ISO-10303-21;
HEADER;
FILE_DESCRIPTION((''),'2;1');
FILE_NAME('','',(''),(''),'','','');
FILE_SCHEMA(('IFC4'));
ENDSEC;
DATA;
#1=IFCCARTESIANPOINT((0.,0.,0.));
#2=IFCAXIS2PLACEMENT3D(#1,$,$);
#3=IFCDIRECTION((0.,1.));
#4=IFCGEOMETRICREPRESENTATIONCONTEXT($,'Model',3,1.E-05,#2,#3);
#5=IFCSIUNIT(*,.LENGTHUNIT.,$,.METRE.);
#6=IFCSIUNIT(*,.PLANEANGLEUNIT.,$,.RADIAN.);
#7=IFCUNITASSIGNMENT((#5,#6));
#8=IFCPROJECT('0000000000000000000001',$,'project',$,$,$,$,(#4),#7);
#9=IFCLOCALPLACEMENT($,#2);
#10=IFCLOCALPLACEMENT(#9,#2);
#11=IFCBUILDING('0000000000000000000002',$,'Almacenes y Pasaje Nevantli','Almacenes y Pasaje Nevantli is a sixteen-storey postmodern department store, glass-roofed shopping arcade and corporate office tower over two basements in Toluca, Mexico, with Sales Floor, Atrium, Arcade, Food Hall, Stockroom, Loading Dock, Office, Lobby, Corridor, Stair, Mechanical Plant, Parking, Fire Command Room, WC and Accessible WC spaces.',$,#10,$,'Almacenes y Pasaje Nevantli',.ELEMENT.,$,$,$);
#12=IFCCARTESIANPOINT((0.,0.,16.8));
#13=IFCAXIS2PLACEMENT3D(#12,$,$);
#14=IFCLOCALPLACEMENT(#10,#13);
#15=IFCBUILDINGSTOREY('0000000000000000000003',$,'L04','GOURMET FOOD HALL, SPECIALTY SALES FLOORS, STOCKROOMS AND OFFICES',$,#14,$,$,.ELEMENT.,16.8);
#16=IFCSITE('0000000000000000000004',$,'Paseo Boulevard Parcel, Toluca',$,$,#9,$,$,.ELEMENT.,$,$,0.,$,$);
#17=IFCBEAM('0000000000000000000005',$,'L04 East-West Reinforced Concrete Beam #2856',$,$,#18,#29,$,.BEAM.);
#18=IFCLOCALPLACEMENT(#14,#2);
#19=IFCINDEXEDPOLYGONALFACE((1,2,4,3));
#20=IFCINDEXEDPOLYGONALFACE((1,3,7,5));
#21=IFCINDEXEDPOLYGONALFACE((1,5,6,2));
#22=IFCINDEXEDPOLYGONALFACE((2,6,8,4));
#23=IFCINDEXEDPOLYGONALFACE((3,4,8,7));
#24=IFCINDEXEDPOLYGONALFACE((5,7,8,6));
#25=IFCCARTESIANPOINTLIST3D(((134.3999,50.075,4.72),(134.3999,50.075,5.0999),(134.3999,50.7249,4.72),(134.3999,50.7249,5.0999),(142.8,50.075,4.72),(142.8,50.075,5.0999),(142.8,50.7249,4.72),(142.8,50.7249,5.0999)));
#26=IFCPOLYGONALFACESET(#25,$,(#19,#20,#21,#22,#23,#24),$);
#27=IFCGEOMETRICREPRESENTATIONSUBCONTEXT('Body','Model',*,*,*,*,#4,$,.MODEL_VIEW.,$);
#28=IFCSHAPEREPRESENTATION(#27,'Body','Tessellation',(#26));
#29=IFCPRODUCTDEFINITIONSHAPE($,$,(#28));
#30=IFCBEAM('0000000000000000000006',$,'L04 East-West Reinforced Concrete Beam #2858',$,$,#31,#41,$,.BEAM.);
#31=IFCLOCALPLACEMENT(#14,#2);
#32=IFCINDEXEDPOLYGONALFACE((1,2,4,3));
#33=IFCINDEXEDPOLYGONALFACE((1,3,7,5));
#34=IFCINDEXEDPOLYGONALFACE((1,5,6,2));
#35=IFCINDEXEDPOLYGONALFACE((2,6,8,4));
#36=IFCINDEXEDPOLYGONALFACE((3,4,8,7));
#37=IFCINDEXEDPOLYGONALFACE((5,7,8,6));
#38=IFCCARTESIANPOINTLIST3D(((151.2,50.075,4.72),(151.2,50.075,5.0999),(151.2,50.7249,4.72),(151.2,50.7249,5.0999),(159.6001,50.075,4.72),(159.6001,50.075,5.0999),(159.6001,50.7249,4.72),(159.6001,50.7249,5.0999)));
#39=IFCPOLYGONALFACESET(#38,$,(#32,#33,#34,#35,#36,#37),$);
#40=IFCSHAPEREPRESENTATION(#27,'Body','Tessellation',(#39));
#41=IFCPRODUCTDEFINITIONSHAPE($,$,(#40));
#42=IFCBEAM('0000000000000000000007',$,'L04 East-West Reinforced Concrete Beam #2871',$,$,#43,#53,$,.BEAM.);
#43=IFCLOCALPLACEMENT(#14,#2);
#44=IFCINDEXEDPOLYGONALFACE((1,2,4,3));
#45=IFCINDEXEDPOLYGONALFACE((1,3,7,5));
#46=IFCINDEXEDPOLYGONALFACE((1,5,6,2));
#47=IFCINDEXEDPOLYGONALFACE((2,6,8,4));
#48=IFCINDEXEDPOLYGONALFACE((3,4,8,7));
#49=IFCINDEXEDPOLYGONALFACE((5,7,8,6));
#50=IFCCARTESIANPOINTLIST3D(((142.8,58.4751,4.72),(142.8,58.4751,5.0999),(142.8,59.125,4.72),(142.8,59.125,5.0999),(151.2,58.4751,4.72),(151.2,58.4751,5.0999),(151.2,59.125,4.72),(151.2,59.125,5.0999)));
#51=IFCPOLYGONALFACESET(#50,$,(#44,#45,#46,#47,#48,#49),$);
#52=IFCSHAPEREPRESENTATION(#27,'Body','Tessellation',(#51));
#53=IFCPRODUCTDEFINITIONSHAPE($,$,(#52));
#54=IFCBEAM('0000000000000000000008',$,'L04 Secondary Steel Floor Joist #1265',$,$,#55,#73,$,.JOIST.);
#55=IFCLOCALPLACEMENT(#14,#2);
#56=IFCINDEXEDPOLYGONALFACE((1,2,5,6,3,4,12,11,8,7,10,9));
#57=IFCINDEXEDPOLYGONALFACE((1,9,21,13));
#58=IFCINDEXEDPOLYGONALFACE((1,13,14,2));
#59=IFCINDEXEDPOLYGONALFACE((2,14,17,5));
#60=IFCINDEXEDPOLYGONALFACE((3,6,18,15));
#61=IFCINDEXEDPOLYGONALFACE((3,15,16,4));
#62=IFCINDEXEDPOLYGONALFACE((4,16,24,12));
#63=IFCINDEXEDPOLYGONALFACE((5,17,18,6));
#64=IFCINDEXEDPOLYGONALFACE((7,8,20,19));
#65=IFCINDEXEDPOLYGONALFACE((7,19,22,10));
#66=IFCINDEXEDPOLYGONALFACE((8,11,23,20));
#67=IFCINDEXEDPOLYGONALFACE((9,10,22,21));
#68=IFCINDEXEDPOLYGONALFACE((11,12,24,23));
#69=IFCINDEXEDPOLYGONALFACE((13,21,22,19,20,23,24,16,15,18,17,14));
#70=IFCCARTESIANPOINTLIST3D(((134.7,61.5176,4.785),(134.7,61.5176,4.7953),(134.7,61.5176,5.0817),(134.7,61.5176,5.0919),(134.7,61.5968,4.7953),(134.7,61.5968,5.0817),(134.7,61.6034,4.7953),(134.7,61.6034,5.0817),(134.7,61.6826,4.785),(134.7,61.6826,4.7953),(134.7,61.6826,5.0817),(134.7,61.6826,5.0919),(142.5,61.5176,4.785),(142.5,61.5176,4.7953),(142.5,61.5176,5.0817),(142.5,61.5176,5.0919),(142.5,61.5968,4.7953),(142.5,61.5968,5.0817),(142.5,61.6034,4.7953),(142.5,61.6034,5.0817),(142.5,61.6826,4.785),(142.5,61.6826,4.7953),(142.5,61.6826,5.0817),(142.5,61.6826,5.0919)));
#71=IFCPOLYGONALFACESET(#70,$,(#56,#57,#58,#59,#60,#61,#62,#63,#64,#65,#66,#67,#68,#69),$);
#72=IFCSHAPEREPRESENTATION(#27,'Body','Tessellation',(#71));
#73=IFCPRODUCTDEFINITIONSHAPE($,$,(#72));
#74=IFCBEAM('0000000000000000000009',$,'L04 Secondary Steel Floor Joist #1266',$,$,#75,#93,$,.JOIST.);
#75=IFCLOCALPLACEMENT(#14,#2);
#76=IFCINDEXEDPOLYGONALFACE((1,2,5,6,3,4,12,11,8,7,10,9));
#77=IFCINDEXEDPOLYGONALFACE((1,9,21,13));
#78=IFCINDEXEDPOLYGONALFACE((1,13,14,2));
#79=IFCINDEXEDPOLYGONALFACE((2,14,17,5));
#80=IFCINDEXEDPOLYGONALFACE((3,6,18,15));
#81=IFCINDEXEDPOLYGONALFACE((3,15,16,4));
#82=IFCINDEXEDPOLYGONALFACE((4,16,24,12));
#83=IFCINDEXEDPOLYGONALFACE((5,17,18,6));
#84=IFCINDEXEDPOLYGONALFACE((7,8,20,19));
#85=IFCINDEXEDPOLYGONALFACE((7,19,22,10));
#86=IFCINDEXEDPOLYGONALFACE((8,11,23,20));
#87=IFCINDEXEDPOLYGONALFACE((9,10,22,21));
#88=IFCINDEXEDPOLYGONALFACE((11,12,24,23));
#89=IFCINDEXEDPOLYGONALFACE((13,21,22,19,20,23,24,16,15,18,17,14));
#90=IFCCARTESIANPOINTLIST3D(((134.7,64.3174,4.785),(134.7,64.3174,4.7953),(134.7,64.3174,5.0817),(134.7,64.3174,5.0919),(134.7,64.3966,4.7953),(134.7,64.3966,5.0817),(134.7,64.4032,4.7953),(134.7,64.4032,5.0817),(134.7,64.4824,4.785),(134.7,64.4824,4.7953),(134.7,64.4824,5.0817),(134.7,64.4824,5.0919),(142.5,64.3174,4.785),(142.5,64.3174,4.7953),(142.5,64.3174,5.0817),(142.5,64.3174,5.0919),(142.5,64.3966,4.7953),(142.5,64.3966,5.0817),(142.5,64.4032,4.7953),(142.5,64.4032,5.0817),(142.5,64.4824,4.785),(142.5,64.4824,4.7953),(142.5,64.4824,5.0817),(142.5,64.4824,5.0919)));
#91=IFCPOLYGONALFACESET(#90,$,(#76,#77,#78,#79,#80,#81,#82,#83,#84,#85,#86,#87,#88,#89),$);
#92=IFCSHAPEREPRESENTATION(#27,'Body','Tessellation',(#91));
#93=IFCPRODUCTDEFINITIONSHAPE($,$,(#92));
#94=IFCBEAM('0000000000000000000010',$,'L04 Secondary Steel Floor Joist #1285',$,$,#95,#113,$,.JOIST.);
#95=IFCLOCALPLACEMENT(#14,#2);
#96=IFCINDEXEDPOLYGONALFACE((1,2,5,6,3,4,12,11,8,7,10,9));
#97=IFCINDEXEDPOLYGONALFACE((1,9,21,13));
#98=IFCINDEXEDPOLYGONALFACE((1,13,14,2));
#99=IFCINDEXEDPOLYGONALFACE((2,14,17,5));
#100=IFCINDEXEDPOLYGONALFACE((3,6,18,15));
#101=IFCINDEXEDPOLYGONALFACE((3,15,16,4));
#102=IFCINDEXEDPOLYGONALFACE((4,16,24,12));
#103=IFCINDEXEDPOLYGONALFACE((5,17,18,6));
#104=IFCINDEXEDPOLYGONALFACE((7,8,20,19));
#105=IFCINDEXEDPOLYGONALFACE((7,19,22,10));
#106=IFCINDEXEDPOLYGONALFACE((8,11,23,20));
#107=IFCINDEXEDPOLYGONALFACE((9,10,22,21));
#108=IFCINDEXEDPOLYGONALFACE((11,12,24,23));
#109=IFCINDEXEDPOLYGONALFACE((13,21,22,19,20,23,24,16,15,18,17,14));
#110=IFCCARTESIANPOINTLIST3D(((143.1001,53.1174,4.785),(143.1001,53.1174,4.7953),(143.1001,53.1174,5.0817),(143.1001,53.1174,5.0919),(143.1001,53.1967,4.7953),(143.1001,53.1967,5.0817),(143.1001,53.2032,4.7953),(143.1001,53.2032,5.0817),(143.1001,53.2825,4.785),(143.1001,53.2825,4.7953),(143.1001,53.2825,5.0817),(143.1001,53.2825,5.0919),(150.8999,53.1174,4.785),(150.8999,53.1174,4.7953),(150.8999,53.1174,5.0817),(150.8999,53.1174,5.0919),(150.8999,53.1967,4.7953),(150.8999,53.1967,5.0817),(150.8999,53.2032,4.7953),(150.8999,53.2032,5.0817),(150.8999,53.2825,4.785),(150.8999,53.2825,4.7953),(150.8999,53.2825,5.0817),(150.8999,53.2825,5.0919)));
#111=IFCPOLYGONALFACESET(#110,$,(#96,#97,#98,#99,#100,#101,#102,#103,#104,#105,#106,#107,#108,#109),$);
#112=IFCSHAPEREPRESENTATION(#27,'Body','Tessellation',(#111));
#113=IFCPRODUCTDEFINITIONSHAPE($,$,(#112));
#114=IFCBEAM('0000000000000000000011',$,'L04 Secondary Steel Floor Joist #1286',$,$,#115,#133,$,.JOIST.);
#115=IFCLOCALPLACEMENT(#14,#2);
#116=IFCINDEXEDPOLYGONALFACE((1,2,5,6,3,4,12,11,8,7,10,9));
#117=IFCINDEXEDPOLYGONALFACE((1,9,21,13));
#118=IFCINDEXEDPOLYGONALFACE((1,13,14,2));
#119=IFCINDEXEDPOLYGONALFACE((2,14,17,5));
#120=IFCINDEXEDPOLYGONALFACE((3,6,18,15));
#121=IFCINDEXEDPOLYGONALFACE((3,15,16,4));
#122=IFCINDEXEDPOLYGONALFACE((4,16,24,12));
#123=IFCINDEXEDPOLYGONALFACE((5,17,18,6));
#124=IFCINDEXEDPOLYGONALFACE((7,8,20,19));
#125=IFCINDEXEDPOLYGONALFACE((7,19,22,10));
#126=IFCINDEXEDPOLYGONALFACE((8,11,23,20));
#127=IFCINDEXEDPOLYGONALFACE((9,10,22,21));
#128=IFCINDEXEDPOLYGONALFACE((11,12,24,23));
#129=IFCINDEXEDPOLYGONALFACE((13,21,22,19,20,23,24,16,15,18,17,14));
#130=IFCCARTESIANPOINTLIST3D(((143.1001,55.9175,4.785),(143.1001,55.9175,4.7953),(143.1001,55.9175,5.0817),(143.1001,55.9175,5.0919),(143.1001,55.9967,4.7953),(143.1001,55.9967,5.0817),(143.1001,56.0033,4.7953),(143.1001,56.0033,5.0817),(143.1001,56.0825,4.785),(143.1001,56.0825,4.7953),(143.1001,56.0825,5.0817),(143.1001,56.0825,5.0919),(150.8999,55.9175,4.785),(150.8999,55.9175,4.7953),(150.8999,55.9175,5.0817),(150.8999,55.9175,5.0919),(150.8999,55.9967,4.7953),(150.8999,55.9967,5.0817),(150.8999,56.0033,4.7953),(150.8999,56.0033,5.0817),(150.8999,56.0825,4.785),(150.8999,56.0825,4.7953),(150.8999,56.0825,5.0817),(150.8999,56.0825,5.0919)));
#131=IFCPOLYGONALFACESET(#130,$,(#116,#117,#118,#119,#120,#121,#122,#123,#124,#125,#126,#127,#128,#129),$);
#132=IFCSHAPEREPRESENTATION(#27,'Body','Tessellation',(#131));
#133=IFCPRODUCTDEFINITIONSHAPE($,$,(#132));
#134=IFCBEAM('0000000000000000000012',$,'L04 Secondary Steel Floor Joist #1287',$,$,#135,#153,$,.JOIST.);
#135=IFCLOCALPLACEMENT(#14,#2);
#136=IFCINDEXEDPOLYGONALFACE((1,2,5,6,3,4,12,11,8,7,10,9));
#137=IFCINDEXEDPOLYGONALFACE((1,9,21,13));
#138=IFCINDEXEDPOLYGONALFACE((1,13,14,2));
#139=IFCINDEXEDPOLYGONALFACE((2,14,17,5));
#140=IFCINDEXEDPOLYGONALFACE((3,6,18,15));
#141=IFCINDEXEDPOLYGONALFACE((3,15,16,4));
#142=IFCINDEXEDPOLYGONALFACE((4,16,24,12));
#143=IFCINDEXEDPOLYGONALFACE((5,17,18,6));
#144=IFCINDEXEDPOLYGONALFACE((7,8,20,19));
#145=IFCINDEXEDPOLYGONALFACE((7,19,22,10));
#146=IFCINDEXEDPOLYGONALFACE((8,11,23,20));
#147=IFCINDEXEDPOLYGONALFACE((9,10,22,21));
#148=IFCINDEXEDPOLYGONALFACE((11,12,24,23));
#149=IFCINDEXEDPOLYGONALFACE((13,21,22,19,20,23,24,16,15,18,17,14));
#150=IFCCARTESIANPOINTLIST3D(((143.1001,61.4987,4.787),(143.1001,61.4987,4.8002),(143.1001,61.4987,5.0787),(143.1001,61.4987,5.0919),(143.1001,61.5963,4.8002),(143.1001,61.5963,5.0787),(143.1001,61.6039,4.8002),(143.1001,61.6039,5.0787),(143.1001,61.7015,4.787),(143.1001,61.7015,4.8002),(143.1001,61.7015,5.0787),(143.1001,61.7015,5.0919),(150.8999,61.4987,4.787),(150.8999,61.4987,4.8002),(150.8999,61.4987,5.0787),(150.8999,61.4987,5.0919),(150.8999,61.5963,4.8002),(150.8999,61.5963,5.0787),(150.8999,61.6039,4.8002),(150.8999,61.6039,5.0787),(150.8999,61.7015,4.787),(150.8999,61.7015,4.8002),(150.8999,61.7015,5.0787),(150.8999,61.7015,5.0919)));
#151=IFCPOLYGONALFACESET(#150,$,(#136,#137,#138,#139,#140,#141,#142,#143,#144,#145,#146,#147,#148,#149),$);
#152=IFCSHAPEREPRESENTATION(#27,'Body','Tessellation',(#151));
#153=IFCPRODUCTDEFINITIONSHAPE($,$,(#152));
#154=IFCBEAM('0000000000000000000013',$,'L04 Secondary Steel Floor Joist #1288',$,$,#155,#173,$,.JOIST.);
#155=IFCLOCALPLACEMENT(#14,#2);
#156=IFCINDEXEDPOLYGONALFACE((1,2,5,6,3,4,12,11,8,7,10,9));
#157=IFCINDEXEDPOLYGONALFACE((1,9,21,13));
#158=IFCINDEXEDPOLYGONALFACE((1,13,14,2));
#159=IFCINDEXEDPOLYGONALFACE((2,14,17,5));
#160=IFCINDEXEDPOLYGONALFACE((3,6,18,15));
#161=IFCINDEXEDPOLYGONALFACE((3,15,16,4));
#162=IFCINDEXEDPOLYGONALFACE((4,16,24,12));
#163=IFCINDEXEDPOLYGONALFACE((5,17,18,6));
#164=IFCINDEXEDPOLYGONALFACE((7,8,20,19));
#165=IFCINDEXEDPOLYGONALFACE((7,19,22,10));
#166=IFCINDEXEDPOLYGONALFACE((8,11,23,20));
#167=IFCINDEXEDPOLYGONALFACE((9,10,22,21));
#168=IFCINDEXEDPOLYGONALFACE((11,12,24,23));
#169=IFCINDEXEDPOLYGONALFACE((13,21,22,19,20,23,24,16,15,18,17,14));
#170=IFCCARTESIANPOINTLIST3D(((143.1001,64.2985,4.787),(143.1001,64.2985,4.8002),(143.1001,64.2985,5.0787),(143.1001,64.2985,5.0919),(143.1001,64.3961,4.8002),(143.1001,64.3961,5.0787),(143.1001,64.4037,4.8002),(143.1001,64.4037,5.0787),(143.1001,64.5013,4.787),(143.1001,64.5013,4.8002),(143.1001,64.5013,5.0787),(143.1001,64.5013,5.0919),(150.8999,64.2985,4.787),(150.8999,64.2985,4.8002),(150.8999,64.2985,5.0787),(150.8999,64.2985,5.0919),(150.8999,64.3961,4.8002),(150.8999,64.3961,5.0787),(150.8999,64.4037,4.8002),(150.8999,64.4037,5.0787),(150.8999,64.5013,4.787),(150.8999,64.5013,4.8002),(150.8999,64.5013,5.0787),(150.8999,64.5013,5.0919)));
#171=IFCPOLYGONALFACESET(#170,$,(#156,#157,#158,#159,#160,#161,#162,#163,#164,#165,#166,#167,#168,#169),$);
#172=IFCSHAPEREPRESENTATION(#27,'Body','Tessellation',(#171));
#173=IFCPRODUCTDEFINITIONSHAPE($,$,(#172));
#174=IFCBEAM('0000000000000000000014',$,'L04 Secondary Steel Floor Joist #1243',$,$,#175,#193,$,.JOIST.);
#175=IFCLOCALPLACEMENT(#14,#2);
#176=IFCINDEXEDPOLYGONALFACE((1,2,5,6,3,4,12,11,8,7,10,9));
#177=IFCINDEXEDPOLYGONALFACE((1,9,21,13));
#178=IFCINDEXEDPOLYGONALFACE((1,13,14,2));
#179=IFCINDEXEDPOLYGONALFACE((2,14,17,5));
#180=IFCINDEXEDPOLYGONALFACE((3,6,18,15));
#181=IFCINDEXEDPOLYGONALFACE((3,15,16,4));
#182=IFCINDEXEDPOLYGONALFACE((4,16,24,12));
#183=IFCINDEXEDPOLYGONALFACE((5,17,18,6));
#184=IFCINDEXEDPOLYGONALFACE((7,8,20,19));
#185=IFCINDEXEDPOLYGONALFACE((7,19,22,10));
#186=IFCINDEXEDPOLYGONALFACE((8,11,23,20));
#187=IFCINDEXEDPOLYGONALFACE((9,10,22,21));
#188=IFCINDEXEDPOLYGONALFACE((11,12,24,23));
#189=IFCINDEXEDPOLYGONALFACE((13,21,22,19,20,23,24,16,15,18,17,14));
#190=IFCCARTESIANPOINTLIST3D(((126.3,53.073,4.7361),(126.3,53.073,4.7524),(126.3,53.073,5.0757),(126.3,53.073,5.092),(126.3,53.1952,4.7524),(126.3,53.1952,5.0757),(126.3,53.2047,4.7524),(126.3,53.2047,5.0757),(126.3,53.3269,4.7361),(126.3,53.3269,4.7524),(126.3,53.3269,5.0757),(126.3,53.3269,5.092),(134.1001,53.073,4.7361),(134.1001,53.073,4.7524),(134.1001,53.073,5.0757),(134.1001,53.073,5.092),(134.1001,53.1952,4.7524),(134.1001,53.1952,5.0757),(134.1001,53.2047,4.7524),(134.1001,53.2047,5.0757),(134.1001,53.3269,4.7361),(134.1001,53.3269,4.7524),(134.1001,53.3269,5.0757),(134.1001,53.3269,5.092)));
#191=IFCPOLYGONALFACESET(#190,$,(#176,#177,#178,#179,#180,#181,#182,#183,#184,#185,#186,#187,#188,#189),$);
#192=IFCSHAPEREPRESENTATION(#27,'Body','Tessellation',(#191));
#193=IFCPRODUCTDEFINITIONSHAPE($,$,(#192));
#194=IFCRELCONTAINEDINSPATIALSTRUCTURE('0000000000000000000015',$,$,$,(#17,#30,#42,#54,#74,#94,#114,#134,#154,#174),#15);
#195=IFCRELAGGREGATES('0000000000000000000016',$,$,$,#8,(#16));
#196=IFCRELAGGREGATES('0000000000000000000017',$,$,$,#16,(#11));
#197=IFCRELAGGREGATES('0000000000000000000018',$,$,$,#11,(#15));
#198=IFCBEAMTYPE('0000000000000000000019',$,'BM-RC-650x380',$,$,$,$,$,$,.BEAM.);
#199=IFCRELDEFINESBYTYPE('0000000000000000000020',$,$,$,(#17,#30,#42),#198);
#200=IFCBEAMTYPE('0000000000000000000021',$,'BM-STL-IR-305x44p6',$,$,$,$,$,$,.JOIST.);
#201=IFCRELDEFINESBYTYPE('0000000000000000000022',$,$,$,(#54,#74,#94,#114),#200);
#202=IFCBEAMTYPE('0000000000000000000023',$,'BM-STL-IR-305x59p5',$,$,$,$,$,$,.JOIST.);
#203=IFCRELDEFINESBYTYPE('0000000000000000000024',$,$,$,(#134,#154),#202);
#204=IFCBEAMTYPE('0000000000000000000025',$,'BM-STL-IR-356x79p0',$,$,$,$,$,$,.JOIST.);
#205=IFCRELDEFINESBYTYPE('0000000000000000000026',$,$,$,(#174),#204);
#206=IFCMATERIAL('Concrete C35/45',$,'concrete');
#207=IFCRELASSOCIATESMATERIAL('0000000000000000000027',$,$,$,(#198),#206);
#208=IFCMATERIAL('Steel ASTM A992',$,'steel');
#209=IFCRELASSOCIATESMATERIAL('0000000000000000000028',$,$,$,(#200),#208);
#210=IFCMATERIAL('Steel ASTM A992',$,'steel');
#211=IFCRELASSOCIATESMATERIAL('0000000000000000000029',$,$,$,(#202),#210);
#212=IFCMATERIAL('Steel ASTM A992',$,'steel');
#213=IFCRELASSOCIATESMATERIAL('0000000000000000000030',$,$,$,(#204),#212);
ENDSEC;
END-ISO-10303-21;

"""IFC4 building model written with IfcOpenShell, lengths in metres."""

from ifc_helpers import new_model, si_unit, direction, frame, origin, origin_2d, place, context, subcontext, project, spatial, rectangle, i_section, extrude, material, material_profile, profile_set, type_object, element, save


model = new_model("IFC4")

# Units and contexts
model_context = context("Model", 3, precision=1e-05, world=origin(), true_north=direction((0.0, 1.0)))
body_context = subcontext(model_context, "Body", "Model", "MODEL_VIEW")
ifc_project = project(units=[si_unit("LENGTHUNIT", "METRE"), si_unit("PLANEANGLEUNIT", "RADIAN")], contexts=[model_context])

# Site, building, storey
site_placement = place(None, origin())
site = spatial("IfcSite", under=ifc_project, at=site_placement, Name="Paseo Boulevard Parcel, Toluca", CompositionType="ELEMENT", RefElevation=0.0)
building_placement = place(site_placement, origin())
building = spatial("IfcBuilding", under=site, at=building_placement, Name="Almacenes y Pasaje Nevantli", Description="Almacenes y Pasaje Nevantli is a sixteen-storey postmodern department store, glass-roofed shopping arcade and corporate office tower over two basements in Toluca, Mexico, with Sales Floor, Atrium, Arcade, Food Hall, Stockroom, Loading Dock, Office, Lobby, Corridor, Stair, Mechanical Plant, Parking, Fire Command Room, WC and Accessible WC spaces.", LongName="Almacenes y Pasaje Nevantli", CompositionType="ELEMENT")
storey_placement = place(building_placement, frame((0.0, 0.0, 16.8)))
storey = spatial("IfcBuildingStorey", under=building, at=storey_placement, Name="L04", Description="GOURMET FOOD HALL, SPECIALTY SALES FLOORS, STOCKROOMS AND OFFICES", CompositionType="ELEMENT", Elevation=16.8)

# Beams
ifc_material_1 = material(Name="Concrete C35/45", Category="concrete")
ifc_material_profile_1 = material_profile(ifc_material_1, rectangle(XDim=0.6499, YDim=0.3799, at=origin_2d()), Name="RC-BM-650x380")
ifc_profile_set_1 = profile_set([ifc_material_profile_1], Name="Concrete C35/45")
beam_type_1 = type_object("IfcBeamType", Name="BM-RC-650x380", PredefinedType="BEAM", material=ifc_profile_set_1)
for number, where, z_axis, x_axis, name in (
    (1, (134.3999, 50.3999, 4.9099), (1.0, 0.0, 0.0), (0.0, 1.0, 0.0), "L04 East-West Reinforced Concrete Beam #2856"),
    (2, (151.2, 50.3999, 4.9099), (1.0, 0.0, 0.0), (0.0, 1.0, 0.0), "L04 East-West Reinforced Concrete Beam #2858"),
):
    element("IfcBeam", number, at=place(storey_placement, frame(where, z_axis=z_axis, x_axis=x_axis)), inside=storey, type_object=beam_type_1, Name=name, PredefinedType="BEAM", context=body_context, shape_type="SweptSolid", body=[
        extrude(rectangle(XDim=0.6499, YDim=0.3799, at=origin_2d()), origin(), (0.0, 0.0, 1.0), 8.4001),
    ])
beam_1_placement = place(storey_placement, frame((142.8, 58.8, 4.9099), z_axis=(1.0, 0.0, 0.0), x_axis=(0.0, 1.0, 0.0)))
element("IfcBeam", 3, at=beam_1_placement, inside=storey, type_object=beam_type_1, Name="L04 East-West Reinforced Concrete Beam #2871", PredefinedType="BEAM", context=body_context, shape_type="SweptSolid", body=[
    extrude(rectangle(XDim=0.6499, YDim=0.3799, at=origin_2d()), origin(), (0.0, 0.0, 1.0), 8.3999),
])
ifc_material_2 = material(Name="Steel ASTM A992", Category="steel")
ifc_material_profile_2 = material_profile(ifc_material_2, i_section(OverallWidth=0.165, OverallDepth=0.3069, WebThickness=0.0066, FlangeThickness=0.0103, at=origin_2d()), Name="IR 305x44.6")
ifc_profile_set_2 = profile_set([ifc_material_profile_2], Name="Steel ASTM A992")
beam_type_2 = type_object("IfcBeamType", Name="BM-STL-IR-305x44p6", PredefinedType="JOIST", material=ifc_profile_set_2)
for number, where, z_axis, x_axis, name in (
    (4, (134.7, 61.6001, 4.9385), (1.0, 0.0, 0.0), (0.0, 1.0, 0.0), "L04 Secondary Steel Floor Joist #1265"),
    (5, (134.7, 64.3999, 4.9385), (1.0, 0.0, 0.0), (0.0, 1.0, 0.0), "L04 Secondary Steel Floor Joist #1266"),
):
    element("IfcBeam", number, at=place(storey_placement, frame(where, z_axis=z_axis, x_axis=x_axis)), inside=storey, type_object=beam_type_2, Name=name, PredefinedType="JOIST", context=body_context, shape_type="SweptSolid", body=[
        extrude(i_section(OverallWidth=0.165, OverallDepth=0.3069, WebThickness=0.0066, FlangeThickness=0.0103, at=origin_2d()), origin(), (0.0, 0.0, 1.0), 7.8),
    ])
for number, where, z_axis, x_axis, name in (
    (6, (143.1001, 53.2, 4.9385), (1.0, 0.0, 0.0), (0.0, 1.0, 0.0), "L04 Secondary Steel Floor Joist #1285"),
    (7, (143.1001, 56.0, 4.9385), (1.0, 0.0, 0.0), (0.0, 1.0, 0.0), "L04 Secondary Steel Floor Joist #1286"),
):
    element("IfcBeam", number, at=place(storey_placement, frame(where, z_axis=z_axis, x_axis=x_axis)), inside=storey, type_object=beam_type_2, Name=name, PredefinedType="JOIST", context=body_context, shape_type="SweptSolid", body=[
        extrude(i_section(OverallWidth=0.165, OverallDepth=0.3069, WebThickness=0.0066, FlangeThickness=0.0103, at=origin_2d()), origin(), (0.0, 0.0, 1.0), 7.7998),
    ])
ifc_material_3 = material(Name="Steel ASTM A992", Category="steel")
ifc_material_profile_3 = material_profile(ifc_material_3, i_section(OverallWidth=0.2029, OverallDepth=0.3049, WebThickness=0.0076, FlangeThickness=0.0132, at=origin_2d()), Name="IR 305x59.5")
ifc_profile_set_3 = profile_set([ifc_material_profile_3], Name="Steel ASTM A992")
beam_type_3 = type_object("IfcBeamType", Name="BM-STL-IR-305x59p5", PredefinedType="JOIST", material=ifc_profile_set_3)
for number, where, z_axis, x_axis, name in (
    (8, (143.1001, 61.6001, 4.9395), (1.0, 0.0, 0.0), (0.0, 1.0, 0.0), "L04 Secondary Steel Floor Joist #1287"),
    (9, (143.1001, 64.3999, 4.9395), (1.0, 0.0, 0.0), (0.0, 1.0, 0.0), "L04 Secondary Steel Floor Joist #1288"),
):
    element("IfcBeam", number, at=place(storey_placement, frame(where, z_axis=z_axis, x_axis=x_axis)), inside=storey, type_object=beam_type_3, Name=name, PredefinedType="JOIST", context=body_context, shape_type="SweptSolid", body=[
        extrude(i_section(OverallWidth=0.2029, OverallDepth=0.3049, WebThickness=0.0076, FlangeThickness=0.0132, at=origin_2d()), origin(), (0.0, 0.0, 1.0), 7.7998),
    ])
ifc_material_4 = material(Name="Steel ASTM A992", Category="steel")
ifc_material_profile_4 = material_profile(ifc_material_4, i_section(OverallWidth=0.2539, OverallDepth=0.356, WebThickness=0.0095, FlangeThickness=0.0164, at=origin_2d()), Name="IR 356x79.0")
ifc_profile_set_4 = profile_set([ifc_material_profile_4], Name="Steel ASTM A992")
beam_type_4 = type_object("IfcBeamType", Name="BM-STL-IR-356x79p0", PredefinedType="JOIST", material=ifc_profile_set_4)
for number, where, z_axis, x_axis, name in (
    (10, (126.3, 53.2, 4.9141), (1.0, 0.0, 0.0), (0.0, 1.0, 0.0), "L04 Secondary Steel Floor Joist #1243"),
):
    element("IfcBeam", number, at=place(storey_placement, frame(where, z_axis=z_axis, x_axis=x_axis)), inside=storey, type_object=beam_type_4, Name=name, PredefinedType="JOIST", context=body_context, shape_type="SweptSolid", body=[
        extrude(i_section(OverallWidth=0.2539, OverallDepth=0.356, WebThickness=0.0095, FlangeThickness=0.0164, at=origin_2d()), origin(), (0.0, 0.0, 1.0), 7.8),
    ])

save(model, "model.ifc")
